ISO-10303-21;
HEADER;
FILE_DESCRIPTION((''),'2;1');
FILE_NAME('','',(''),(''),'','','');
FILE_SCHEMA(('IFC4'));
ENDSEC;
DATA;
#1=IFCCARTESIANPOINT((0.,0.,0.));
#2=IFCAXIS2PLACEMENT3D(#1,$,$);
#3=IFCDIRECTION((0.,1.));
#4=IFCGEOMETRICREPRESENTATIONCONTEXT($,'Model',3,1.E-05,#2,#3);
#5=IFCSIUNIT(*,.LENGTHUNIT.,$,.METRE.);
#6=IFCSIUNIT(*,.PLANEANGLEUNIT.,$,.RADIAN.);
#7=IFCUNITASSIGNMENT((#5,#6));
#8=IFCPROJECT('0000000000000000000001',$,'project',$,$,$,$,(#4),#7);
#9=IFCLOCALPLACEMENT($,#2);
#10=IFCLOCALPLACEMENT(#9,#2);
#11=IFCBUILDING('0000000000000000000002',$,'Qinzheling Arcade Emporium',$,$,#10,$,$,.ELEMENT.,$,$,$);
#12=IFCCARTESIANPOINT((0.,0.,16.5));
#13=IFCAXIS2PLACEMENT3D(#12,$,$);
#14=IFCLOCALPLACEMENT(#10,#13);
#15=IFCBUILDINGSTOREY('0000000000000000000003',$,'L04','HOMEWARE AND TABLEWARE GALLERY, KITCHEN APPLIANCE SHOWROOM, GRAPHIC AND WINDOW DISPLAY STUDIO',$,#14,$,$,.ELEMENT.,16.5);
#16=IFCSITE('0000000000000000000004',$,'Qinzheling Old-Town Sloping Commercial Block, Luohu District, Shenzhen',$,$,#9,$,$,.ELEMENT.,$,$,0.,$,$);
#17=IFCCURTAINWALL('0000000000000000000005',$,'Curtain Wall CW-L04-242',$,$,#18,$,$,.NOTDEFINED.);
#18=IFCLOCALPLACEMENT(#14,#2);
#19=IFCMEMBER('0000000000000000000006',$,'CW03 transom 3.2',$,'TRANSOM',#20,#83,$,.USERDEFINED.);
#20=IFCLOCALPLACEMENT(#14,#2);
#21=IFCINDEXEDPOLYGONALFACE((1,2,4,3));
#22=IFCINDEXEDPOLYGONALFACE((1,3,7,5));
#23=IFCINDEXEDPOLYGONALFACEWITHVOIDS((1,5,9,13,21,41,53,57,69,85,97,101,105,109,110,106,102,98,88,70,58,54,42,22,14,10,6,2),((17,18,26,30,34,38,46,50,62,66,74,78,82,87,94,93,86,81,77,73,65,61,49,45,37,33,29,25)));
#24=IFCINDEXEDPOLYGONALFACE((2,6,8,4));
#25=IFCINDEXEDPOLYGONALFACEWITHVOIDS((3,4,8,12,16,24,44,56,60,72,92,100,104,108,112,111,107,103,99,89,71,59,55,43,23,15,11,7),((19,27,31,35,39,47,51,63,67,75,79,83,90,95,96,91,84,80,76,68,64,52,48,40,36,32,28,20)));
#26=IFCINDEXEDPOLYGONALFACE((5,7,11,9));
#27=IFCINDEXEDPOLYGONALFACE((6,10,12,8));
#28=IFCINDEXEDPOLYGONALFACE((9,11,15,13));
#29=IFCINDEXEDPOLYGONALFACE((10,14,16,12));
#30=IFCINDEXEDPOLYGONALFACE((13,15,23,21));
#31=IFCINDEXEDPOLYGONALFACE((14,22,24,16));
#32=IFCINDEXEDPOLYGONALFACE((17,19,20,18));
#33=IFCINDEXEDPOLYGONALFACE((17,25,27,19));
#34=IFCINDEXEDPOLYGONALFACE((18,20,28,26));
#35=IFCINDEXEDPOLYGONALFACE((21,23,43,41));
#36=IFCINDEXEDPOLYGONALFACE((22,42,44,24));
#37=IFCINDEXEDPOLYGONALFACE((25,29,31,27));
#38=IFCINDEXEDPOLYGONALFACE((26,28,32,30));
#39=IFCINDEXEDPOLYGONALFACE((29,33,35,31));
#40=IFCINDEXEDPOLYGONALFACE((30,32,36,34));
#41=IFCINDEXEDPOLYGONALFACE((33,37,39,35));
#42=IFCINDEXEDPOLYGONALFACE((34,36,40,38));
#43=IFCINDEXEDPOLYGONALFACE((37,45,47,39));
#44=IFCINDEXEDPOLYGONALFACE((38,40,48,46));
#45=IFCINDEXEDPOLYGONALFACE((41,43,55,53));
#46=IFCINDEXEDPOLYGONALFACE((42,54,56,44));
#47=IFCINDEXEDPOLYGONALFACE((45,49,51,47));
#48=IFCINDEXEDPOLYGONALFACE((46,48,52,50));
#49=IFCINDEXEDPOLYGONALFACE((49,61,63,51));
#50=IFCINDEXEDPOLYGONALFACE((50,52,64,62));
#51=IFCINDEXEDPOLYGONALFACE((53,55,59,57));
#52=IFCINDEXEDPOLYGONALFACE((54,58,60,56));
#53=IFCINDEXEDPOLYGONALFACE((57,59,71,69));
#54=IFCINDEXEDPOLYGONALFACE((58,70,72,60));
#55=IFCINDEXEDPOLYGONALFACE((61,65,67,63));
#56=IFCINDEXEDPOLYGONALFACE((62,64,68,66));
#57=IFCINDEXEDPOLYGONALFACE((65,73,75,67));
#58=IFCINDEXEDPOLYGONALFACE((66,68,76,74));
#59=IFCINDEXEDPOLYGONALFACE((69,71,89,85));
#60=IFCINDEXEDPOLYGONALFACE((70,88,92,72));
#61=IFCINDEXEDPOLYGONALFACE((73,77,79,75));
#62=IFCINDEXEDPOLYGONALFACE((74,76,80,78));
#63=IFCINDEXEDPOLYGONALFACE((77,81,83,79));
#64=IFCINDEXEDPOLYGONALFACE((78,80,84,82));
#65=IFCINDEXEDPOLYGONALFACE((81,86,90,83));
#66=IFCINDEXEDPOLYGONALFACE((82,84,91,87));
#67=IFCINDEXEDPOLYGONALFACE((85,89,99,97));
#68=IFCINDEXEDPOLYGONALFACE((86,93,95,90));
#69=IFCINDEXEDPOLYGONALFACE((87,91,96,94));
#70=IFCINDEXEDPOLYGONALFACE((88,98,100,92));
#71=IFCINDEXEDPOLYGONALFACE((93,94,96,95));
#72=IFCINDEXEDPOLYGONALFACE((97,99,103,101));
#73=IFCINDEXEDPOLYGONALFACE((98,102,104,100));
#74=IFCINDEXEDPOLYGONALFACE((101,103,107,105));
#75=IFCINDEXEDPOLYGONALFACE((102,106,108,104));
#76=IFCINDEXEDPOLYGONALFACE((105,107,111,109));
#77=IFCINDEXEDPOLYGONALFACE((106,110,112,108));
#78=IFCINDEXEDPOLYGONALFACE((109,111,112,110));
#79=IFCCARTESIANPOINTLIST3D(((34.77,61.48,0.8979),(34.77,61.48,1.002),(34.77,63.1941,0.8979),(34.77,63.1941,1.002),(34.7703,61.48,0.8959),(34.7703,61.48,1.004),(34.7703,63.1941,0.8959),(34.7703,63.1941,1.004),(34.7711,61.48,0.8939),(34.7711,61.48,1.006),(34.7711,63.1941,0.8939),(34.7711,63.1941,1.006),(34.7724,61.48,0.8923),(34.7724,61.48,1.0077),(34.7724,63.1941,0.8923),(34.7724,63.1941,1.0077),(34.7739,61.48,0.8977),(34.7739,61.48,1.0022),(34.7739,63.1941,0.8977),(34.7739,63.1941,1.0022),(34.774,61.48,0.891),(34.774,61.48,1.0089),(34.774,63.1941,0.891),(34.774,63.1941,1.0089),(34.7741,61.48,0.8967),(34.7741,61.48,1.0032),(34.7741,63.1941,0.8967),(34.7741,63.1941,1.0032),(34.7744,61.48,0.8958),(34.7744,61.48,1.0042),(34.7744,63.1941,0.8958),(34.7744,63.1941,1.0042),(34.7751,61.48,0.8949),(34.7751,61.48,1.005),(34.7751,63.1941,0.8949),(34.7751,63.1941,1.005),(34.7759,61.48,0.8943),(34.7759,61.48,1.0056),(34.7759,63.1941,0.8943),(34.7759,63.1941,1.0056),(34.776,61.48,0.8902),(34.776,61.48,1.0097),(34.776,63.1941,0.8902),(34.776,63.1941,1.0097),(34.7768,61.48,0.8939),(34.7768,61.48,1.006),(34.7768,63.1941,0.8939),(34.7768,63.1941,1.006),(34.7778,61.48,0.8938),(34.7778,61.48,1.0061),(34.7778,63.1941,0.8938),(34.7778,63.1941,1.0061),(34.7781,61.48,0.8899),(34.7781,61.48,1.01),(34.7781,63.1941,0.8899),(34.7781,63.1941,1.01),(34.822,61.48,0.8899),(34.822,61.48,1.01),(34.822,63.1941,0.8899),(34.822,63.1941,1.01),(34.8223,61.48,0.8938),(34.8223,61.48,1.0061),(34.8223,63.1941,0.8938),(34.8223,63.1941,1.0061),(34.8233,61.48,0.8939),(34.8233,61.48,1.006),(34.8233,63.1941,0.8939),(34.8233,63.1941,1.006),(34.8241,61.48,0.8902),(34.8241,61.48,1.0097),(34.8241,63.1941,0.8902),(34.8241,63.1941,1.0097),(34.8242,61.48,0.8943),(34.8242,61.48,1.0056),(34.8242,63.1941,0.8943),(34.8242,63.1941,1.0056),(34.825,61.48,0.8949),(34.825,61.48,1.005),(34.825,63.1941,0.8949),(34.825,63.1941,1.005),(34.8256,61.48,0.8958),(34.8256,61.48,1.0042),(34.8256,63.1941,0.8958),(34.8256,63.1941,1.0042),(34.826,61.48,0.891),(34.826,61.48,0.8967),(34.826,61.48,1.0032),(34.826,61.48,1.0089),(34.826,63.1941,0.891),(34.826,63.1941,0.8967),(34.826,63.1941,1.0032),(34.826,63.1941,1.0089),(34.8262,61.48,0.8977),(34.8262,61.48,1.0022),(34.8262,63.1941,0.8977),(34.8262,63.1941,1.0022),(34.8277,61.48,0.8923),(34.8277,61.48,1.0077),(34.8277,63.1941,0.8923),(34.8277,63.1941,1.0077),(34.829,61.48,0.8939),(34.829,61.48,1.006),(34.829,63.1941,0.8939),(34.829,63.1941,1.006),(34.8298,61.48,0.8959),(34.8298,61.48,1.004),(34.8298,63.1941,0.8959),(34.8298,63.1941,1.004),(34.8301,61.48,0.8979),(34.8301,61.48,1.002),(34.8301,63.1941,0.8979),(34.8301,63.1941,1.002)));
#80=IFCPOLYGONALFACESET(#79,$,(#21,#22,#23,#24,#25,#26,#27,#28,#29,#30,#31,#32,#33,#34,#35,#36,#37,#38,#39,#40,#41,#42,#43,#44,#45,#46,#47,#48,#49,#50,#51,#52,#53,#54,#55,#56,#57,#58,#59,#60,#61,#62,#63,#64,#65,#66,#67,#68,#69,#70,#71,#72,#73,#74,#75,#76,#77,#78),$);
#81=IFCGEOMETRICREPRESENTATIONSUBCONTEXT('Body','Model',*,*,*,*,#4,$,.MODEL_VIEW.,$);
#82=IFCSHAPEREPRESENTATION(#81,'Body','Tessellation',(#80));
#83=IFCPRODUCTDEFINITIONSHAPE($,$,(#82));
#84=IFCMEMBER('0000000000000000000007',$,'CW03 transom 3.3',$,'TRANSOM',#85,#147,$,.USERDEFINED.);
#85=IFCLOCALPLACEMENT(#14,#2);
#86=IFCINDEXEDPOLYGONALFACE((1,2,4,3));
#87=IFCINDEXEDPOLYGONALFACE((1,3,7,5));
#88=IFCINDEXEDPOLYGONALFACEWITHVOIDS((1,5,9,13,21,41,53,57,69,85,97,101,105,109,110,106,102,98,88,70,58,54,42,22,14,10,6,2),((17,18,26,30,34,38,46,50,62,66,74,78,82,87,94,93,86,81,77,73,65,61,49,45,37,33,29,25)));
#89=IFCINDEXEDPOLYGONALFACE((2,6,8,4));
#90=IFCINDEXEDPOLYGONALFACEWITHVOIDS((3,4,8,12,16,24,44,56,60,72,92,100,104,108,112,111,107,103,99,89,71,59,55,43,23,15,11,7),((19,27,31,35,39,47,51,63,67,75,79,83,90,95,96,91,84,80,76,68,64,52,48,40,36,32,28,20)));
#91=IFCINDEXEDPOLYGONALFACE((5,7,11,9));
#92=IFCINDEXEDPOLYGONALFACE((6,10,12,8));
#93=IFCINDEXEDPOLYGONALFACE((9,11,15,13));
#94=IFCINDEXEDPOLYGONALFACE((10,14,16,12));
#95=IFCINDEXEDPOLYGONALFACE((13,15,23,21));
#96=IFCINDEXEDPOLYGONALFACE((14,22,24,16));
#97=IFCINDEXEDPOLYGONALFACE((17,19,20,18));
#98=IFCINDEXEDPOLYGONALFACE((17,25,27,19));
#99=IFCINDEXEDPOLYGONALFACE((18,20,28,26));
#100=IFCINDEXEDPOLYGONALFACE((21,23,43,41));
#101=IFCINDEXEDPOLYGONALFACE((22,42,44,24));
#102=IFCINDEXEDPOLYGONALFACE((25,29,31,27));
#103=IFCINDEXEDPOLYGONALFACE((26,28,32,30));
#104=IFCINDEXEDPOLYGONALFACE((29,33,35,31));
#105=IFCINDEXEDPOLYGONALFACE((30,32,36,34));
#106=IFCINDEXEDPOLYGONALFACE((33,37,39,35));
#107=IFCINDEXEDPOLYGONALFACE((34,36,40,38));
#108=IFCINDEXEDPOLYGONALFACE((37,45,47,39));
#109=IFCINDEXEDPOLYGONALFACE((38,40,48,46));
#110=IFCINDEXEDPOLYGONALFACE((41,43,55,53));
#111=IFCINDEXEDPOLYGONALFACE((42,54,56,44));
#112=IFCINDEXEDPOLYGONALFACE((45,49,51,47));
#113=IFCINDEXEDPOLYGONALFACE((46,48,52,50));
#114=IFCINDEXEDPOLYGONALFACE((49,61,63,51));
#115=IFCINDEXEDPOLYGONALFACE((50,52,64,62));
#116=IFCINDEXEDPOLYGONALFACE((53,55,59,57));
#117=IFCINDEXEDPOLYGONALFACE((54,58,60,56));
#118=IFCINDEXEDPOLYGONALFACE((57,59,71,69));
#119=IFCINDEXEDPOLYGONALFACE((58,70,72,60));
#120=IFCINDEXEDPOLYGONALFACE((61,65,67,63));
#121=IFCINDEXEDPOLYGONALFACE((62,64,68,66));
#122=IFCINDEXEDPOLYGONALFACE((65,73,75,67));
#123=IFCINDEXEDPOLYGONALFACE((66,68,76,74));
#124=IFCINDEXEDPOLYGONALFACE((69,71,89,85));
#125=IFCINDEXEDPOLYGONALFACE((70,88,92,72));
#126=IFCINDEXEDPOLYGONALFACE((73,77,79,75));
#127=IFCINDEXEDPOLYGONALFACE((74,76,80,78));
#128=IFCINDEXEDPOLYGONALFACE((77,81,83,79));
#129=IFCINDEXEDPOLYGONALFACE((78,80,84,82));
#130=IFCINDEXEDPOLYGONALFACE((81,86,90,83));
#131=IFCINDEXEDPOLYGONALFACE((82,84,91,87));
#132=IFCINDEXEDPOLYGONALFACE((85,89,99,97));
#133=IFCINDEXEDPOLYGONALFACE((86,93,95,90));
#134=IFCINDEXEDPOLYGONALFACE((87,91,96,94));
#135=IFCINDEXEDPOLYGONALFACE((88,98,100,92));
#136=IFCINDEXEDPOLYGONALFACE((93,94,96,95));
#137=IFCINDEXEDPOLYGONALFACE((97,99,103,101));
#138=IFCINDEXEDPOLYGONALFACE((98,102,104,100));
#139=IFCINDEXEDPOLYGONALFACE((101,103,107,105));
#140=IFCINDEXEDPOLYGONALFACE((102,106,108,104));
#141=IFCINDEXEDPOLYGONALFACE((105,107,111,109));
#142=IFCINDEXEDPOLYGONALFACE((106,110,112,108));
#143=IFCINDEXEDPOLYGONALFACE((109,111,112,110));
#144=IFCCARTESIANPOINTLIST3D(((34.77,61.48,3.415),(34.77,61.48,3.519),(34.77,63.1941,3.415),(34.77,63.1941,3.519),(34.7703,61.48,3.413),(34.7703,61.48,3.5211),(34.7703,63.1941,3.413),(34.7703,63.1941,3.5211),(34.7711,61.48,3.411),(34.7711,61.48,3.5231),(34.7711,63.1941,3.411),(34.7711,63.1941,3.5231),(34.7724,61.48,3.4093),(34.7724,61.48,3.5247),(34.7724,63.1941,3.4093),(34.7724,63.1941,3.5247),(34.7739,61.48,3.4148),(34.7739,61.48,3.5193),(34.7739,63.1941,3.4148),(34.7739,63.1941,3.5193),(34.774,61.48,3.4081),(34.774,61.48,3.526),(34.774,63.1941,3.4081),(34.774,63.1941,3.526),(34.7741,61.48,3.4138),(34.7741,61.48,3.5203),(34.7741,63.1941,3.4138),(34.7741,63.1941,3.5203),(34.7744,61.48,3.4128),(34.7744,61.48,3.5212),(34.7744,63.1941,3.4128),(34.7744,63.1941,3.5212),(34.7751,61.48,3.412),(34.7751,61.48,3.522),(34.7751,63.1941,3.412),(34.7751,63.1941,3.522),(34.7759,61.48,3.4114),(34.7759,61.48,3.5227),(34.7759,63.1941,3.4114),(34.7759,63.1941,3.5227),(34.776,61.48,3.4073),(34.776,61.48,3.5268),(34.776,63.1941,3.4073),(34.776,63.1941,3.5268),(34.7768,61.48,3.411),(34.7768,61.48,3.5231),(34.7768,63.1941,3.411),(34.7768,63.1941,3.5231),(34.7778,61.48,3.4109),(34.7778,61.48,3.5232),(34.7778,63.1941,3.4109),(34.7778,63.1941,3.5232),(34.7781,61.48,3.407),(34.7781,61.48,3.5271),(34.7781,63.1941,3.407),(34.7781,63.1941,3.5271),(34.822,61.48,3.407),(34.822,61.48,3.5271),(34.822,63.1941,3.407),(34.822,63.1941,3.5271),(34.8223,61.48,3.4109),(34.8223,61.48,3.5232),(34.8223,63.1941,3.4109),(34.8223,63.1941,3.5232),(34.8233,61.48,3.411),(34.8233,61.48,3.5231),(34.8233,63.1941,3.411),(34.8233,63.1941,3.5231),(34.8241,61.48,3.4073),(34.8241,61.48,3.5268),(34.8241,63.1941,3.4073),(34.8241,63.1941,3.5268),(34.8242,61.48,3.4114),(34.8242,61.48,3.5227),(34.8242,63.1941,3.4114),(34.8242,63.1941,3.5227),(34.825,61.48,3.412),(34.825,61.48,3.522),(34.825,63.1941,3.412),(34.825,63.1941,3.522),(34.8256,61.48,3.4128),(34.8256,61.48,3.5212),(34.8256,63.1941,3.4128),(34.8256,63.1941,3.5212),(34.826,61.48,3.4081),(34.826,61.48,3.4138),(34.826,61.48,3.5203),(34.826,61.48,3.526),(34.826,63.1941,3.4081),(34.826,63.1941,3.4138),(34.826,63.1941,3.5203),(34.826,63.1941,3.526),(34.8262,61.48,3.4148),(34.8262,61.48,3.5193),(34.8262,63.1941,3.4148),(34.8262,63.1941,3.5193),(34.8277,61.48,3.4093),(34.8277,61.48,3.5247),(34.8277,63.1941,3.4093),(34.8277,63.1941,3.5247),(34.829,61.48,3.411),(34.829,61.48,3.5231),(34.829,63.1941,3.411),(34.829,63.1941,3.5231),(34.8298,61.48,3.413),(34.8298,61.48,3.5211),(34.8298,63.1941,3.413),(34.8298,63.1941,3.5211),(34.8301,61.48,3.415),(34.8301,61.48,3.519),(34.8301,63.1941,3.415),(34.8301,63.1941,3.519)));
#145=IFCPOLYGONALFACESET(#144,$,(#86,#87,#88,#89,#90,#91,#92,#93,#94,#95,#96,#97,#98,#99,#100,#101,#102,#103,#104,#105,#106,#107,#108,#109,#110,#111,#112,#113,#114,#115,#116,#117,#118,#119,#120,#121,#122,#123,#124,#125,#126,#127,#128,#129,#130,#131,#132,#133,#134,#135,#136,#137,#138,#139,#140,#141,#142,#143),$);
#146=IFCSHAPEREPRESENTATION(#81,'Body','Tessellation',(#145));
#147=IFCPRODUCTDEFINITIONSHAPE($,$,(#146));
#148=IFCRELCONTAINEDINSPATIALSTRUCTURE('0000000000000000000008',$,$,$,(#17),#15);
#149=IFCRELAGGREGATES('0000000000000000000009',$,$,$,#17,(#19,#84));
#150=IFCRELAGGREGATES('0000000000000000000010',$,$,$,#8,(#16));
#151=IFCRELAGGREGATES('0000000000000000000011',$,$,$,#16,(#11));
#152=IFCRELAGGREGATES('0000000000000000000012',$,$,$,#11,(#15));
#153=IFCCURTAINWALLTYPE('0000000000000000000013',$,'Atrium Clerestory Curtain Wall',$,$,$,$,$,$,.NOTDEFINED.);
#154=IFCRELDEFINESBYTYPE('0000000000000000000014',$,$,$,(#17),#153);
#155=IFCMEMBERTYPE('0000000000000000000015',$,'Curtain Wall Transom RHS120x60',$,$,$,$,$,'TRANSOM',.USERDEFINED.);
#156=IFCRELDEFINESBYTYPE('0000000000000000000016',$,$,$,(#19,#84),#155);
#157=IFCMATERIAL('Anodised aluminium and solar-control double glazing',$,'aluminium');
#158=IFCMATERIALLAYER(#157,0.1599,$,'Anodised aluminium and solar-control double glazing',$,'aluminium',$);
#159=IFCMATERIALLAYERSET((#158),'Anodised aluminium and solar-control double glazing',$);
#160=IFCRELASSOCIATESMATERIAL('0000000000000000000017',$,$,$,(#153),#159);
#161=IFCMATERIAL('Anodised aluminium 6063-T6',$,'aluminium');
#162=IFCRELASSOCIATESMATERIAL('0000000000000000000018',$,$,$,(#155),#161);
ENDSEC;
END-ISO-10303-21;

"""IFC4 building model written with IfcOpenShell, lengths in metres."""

from ifc_helpers import new_model, si_unit, direction, frame, origin, origin_2d, place, context, subcontext, project, spatial, hollow_rectangle, extrude, material, layer, layer_set, material_profile, profile_set, type_object, element, aggregate, save


model = new_model("IFC4")

# Units and contexts
model_context = context("Model", 3, precision=1e-05, world=origin(), true_north=direction((0.0, 1.0)))
body_context = subcontext(model_context, "Body", "Model", "MODEL_VIEW")
ifc_project = project(units=[si_unit("LENGTHUNIT", "METRE"), si_unit("PLANEANGLEUNIT", "RADIAN")], contexts=[model_context])

# Site, building, storey
site_placement = place(None, origin())
site = spatial("IfcSite", under=ifc_project, at=site_placement, Name="Qinzheling Old-Town Sloping Commercial Block, Luohu District, Shenzhen", CompositionType="ELEMENT", RefElevation=0.0)
building_placement = place(site_placement, origin())
building = spatial("IfcBuilding", under=site, at=building_placement, Name="Qinzheling Arcade Emporium", CompositionType="ELEMENT")
storey_placement = place(building_placement, frame((0.0, 0.0, 16.5)))
storey = spatial("IfcBuildingStorey", under=building, at=storey_placement, Name="L04", Description="HOMEWARE AND TABLEWARE GALLERY, KITCHEN APPLIANCE SHOWROOM, GRAPHIC AND WINDOW DISPLAY STUDIO", CompositionType="ELEMENT", Elevation=16.5)

# Curtain wall, members
ifc_material_1 = material(Name="Anodised aluminium and solar-control double glazing", Category="aluminium")
ifc_layer_1 = layer(ifc_material_1, 0.1599, Name="Anodised aluminium and solar-control double glazing", Category="aluminium")
ifc_layer_set_1 = layer_set([ifc_layer_1], Name="Anodised aluminium and solar-control double glazing")
curtain_wall_type = type_object("IfcCurtainWallType", Name="Atrium Clerestory Curtain Wall", PredefinedType="NOTDEFINED", material=ifc_layer_set_1)
curtain_wall_placement = place(storey_placement, origin())
curtain_wall = element("IfcCurtainWall", 1, at=curtain_wall_placement, inside=storey, type_object=curtain_wall_type, Name="Curtain Wall CW-L04-242", PredefinedType="NOTDEFINED")
ifc_material_2 = material(Name="Anodised aluminium 6063-T6", Category="aluminium")
ifc_material_profile_1 = material_profile(ifc_material_2, hollow_rectangle(XDim=0.0601, YDim=0.1201, WallThickness=0.0039, InnerFilletRadius=0.0039, OuterFilletRadius=0.0081, at=origin_2d()), Name="RHS 120x60x4", Category="aluminium")
ifc_profile_set_1 = profile_set([ifc_material_profile_1], Name="Anodised aluminium 6063-T6")
member_type_1 = type_object("IfcMemberType", Name="Curtain Wall Transom RHS120x60", ElementType="TRANSOM", PredefinedType="USERDEFINED", material=ifc_profile_set_1)
member_1_placement = place(storey_placement, frame((34.8, 61.48, 0.95), z_axis=(0.0, 1.0, 0.0), x_axis=(-1.0, 0.0, 0.0)))
member_1 = element("IfcMember", 2, at=member_1_placement, type_object=member_type_1, Name="CW03 transom 3.2", ObjectType="TRANSOM", PredefinedType="USERDEFINED", context=body_context, shape_type="SweptSolid", body=[
    extrude(hollow_rectangle(XDim=0.0601, YDim=0.1201, WallThickness=0.0039, InnerFilletRadius=0.0039, OuterFilletRadius=0.0081, at=origin_2d()), origin(), (0.0, 0.0, 1.0), 1.7141),
])
member_2_placement = place(storey_placement, frame((34.8, 61.48, 3.467), z_axis=(0.0, 1.0, 0.0), x_axis=(-1.0, 0.0, 0.0)))
member_2 = element("IfcMember", 3, at=member_2_placement, type_object=member_type_1, Name="CW03 transom 3.3", ObjectType="TRANSOM", PredefinedType="USERDEFINED", context=body_context, shape_type="SweptSolid", body=[
    extrude(hollow_rectangle(XDim=0.0601, YDim=0.1201, WallThickness=0.0039, InnerFilletRadius=0.0039, OuterFilletRadius=0.0081, at=origin_2d()), origin(), (0.0, 0.0, 1.0), 1.7141),
])
aggregate(curtain_wall, [member_1, member_2])

save(model, "model.ifc")
